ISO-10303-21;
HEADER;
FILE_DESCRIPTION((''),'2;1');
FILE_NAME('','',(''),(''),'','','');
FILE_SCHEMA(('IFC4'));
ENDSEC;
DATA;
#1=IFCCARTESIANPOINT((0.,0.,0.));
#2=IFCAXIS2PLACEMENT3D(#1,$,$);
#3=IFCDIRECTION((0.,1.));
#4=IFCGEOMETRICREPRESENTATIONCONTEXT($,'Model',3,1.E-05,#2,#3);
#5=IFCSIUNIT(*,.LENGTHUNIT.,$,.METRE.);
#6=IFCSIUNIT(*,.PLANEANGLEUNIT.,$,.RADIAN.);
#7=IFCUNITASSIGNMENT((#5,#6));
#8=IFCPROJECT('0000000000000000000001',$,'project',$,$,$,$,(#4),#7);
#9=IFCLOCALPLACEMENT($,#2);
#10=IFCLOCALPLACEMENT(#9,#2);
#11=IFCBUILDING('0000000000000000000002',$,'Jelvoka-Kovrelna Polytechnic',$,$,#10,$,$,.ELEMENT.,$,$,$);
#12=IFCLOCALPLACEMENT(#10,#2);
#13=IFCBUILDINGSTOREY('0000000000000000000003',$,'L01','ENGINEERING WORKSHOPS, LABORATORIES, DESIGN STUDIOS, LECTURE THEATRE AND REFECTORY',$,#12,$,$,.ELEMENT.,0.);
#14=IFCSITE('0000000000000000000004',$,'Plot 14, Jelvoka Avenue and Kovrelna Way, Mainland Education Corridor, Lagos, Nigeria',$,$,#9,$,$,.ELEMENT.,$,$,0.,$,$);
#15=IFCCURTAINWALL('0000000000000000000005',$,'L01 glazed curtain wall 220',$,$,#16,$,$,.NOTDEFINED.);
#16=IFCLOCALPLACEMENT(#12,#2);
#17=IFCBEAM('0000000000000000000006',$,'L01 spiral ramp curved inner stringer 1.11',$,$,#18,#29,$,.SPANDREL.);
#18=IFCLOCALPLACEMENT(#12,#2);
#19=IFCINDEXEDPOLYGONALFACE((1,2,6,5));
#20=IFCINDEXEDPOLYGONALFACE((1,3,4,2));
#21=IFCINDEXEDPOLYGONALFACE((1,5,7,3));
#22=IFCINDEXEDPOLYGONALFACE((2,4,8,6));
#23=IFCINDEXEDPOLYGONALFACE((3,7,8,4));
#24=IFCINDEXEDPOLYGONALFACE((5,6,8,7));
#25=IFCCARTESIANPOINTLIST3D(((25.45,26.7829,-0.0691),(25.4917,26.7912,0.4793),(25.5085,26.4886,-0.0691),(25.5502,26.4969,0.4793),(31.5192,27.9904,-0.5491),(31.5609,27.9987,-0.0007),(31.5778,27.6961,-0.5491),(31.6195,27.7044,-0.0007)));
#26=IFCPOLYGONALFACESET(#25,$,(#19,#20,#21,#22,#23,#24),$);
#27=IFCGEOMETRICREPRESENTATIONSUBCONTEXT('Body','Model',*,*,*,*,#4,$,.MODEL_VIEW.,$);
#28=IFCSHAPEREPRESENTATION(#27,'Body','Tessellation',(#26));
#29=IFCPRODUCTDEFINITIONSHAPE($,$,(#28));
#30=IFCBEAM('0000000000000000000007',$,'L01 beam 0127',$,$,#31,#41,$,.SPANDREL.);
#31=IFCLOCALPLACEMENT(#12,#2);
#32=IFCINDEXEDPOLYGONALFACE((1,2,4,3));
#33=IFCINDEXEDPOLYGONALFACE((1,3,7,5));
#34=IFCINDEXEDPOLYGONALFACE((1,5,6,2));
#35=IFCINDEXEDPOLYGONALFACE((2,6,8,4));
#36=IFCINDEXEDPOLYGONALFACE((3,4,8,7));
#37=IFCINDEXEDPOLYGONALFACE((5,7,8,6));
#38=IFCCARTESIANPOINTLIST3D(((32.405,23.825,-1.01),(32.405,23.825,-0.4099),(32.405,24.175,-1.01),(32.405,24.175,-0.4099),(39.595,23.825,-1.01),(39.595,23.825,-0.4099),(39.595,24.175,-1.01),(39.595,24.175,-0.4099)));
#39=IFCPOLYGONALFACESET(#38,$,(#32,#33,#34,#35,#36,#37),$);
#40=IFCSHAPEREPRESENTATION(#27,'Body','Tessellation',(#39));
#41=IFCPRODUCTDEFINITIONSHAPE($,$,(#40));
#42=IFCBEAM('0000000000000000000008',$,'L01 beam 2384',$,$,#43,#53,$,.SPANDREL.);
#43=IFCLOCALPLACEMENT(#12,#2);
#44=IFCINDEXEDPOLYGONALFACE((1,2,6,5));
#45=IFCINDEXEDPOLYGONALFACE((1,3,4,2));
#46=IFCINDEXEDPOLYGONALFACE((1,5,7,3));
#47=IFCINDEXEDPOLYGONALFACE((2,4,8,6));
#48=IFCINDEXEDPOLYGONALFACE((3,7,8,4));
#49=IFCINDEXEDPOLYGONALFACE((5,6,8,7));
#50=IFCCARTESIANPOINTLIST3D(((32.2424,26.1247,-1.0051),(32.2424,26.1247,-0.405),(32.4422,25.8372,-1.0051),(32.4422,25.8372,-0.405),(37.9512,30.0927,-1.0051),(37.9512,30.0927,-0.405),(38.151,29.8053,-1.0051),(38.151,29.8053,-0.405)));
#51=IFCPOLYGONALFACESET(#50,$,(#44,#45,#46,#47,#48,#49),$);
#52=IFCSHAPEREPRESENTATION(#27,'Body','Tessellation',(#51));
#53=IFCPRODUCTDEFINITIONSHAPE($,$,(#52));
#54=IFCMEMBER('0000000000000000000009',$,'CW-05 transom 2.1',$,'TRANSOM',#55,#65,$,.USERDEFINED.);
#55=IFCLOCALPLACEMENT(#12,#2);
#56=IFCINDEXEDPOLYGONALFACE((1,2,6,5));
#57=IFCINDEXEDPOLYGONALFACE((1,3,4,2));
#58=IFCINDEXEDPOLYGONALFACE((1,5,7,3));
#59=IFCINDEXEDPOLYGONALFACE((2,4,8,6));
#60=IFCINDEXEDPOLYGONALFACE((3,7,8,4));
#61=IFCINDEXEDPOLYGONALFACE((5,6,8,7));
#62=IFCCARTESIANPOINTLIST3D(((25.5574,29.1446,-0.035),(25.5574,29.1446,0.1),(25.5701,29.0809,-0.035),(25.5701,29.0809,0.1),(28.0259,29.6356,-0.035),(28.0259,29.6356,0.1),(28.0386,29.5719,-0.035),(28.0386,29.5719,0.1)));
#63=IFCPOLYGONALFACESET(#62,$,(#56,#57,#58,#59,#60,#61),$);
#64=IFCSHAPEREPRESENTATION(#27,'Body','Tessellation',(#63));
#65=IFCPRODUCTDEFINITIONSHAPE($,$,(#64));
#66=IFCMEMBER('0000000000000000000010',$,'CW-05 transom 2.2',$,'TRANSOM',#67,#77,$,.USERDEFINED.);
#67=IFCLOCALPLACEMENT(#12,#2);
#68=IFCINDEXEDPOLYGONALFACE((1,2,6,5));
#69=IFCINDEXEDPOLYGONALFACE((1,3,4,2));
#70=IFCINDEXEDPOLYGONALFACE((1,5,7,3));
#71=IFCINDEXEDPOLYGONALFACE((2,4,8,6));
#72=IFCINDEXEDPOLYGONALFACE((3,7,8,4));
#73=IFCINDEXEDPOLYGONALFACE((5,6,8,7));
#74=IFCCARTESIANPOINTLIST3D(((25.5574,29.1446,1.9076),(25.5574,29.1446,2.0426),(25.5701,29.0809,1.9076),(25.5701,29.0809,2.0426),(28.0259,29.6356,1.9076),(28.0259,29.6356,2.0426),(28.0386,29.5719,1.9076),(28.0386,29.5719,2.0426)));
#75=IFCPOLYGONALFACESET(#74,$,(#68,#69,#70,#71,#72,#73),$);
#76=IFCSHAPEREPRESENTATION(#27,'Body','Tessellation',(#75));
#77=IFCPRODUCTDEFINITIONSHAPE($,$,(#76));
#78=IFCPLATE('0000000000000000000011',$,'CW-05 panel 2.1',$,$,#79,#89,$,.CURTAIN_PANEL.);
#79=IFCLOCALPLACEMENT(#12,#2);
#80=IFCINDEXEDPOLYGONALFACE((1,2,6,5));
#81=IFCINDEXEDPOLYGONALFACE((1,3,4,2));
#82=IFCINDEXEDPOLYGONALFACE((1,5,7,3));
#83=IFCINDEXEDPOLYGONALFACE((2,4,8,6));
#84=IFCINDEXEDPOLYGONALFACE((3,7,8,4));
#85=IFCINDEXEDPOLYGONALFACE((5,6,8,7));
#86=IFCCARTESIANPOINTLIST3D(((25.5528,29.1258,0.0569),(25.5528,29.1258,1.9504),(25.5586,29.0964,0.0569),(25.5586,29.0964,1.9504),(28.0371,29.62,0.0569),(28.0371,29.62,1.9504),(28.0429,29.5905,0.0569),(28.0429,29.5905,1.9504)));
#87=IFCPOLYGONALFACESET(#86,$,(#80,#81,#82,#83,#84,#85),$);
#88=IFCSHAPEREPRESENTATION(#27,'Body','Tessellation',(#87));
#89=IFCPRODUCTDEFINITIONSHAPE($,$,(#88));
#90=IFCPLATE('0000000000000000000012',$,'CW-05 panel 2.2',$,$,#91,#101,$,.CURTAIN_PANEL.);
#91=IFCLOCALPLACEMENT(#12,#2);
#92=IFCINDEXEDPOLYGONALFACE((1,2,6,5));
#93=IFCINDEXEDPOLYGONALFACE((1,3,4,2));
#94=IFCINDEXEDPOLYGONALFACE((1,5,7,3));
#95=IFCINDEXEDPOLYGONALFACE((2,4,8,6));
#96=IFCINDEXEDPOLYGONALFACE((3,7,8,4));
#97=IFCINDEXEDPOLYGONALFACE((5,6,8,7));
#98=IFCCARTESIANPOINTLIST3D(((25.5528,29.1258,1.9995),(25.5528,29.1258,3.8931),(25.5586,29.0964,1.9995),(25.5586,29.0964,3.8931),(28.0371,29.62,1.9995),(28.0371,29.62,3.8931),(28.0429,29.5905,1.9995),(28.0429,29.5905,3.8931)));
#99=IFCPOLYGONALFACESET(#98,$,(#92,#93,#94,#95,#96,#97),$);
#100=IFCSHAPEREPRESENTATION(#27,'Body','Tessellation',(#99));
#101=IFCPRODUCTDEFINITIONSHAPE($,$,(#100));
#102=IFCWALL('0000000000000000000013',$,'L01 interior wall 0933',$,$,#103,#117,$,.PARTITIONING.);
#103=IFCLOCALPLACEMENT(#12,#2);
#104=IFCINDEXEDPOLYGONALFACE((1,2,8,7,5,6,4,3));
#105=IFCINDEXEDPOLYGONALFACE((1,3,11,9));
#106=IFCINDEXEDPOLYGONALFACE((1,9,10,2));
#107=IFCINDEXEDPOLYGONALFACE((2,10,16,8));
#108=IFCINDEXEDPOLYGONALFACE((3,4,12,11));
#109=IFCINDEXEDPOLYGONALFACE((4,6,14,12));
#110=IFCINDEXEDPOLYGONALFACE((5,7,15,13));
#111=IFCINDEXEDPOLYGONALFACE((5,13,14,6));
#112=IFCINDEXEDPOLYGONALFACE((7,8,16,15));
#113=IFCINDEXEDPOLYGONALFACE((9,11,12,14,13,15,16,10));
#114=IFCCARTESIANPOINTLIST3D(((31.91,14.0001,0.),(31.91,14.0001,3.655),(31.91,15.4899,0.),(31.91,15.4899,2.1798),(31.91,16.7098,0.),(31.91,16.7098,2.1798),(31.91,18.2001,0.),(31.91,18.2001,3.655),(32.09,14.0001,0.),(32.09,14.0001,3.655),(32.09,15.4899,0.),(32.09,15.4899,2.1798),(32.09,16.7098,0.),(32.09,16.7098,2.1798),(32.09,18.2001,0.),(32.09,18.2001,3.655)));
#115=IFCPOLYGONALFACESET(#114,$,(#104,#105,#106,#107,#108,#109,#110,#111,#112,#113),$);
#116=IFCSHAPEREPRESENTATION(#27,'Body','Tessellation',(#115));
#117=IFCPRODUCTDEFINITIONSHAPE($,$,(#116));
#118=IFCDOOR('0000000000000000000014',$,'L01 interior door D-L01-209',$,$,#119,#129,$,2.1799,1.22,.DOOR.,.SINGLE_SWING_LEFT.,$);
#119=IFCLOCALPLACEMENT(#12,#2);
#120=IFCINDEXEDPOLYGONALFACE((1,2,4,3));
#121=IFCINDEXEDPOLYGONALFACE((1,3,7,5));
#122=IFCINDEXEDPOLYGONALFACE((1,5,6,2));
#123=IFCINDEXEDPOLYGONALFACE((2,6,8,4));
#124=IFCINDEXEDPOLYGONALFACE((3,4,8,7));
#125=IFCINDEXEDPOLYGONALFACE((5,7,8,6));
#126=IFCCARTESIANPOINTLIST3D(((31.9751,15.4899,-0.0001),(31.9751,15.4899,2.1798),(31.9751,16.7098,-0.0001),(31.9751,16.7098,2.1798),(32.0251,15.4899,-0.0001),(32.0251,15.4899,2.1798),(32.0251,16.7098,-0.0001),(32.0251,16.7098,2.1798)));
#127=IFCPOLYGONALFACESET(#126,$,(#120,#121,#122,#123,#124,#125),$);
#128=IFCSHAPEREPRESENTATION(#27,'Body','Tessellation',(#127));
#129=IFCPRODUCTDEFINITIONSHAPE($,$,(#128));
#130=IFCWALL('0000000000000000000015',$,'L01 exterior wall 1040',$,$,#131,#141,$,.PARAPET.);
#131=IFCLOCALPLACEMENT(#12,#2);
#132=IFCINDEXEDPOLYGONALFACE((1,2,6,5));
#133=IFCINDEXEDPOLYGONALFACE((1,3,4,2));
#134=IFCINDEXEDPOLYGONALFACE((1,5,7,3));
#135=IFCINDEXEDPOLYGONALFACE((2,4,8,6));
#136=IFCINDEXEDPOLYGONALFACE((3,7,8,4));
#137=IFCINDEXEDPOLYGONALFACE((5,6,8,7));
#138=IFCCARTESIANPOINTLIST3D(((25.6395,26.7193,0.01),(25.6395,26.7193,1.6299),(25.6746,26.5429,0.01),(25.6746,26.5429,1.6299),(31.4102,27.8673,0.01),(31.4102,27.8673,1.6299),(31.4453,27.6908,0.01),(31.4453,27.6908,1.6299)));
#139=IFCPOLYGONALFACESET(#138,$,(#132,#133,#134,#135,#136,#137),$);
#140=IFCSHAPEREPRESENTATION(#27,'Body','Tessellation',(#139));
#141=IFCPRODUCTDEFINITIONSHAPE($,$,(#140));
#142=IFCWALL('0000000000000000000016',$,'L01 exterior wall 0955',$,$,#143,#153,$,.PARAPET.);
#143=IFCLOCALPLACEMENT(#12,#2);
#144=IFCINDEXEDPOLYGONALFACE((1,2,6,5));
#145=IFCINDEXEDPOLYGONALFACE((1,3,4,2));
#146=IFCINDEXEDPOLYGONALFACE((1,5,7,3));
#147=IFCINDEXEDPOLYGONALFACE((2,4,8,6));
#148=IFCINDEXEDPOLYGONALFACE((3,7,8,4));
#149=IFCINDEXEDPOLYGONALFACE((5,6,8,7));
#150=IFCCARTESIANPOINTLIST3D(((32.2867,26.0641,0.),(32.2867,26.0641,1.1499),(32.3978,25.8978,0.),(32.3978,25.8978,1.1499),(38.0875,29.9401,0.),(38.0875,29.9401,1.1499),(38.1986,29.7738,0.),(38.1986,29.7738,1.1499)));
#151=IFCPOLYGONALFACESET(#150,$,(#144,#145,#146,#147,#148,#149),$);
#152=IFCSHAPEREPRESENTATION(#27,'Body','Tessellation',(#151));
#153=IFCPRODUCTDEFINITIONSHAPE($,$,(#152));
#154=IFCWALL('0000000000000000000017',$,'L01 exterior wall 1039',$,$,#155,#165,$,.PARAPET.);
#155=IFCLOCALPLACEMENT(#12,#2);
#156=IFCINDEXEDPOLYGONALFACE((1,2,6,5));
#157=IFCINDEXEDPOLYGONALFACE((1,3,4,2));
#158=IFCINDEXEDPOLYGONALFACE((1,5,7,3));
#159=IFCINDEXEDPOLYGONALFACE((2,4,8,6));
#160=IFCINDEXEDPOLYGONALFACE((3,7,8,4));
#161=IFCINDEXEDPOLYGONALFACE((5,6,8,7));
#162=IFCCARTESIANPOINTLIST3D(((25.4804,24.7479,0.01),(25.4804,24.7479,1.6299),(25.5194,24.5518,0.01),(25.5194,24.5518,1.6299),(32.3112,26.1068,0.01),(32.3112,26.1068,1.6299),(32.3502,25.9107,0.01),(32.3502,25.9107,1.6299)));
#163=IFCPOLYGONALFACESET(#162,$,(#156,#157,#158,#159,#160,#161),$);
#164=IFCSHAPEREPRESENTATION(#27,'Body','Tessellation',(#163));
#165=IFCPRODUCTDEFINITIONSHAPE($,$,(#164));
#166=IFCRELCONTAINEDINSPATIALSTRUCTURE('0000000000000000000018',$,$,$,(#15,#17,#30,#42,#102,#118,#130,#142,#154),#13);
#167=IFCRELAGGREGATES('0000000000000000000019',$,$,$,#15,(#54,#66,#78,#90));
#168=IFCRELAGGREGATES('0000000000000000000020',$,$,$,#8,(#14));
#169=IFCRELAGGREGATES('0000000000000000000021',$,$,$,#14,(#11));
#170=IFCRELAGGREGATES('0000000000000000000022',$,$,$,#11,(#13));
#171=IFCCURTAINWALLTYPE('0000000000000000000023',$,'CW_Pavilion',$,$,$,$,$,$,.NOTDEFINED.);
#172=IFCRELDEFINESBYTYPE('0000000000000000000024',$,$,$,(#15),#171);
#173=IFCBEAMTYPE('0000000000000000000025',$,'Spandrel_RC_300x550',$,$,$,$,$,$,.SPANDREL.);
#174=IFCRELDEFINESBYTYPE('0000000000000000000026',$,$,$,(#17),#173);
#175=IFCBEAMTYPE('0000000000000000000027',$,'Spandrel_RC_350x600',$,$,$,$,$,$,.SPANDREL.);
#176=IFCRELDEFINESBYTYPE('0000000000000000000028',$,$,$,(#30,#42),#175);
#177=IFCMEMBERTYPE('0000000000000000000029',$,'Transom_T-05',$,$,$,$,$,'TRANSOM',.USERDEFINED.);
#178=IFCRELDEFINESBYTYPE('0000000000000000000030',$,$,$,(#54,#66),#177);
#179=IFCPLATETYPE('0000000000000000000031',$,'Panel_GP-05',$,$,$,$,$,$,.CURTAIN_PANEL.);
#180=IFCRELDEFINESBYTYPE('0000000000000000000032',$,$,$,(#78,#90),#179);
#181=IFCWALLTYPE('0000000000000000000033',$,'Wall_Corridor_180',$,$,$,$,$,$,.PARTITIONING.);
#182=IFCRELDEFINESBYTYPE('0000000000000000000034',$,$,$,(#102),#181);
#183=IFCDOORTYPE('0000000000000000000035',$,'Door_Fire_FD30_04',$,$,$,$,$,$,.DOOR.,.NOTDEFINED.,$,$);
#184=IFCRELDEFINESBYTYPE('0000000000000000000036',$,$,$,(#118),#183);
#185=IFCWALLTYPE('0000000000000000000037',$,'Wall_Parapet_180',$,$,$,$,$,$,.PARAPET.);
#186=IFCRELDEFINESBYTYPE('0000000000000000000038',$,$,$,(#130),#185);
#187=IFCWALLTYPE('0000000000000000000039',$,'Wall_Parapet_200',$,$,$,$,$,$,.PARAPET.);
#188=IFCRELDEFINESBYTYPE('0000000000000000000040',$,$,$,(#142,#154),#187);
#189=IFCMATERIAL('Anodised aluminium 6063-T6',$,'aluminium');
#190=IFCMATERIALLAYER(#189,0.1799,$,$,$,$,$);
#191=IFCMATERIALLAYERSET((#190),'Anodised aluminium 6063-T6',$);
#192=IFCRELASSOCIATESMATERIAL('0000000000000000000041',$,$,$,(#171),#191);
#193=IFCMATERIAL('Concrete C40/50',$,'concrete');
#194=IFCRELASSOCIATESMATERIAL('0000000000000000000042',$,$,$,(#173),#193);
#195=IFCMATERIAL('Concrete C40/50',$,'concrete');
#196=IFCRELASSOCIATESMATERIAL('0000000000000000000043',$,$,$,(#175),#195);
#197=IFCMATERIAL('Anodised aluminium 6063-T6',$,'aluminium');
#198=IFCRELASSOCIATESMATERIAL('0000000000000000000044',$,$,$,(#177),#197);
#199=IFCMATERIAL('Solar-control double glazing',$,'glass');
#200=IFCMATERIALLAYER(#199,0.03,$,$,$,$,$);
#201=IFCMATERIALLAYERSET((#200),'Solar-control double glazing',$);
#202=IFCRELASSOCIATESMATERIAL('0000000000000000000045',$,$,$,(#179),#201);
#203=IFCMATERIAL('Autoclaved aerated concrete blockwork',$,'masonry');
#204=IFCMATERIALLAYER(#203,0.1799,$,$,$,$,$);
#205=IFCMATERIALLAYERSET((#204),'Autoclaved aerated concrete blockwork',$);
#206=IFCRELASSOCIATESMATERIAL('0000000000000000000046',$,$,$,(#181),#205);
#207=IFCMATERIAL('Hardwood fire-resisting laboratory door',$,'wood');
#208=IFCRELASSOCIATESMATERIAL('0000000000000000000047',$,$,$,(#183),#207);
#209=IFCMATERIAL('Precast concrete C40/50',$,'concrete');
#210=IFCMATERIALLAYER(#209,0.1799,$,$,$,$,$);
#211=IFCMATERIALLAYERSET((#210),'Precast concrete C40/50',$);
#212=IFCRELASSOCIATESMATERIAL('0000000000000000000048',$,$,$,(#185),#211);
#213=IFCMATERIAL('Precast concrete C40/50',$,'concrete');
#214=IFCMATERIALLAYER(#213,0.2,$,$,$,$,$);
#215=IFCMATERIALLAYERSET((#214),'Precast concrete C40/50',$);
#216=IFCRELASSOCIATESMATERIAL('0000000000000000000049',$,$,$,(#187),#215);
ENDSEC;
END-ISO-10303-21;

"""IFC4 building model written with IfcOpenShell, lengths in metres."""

from ifc_helpers import new_model, si_unit, direction, frame, frame_2d, origin, origin_2d, place, context, subcontext, project, spatial, rectangle, extrude, material, layer, layer_set, material_profile, profile_set, type_object, element, fill, aggregate, save


model = new_model("IFC4")

# Units and contexts
model_context = context("Model", 3, precision=1e-05, world=origin(), true_north=direction((0.0, 1.0)))
body_context = subcontext(model_context, "Body", "Model", "MODEL_VIEW")
ifc_project = project(units=[si_unit("LENGTHUNIT", "METRE"), si_unit("PLANEANGLEUNIT", "RADIAN")], contexts=[model_context])

# Site, building, storey
site_placement = place(None, origin())
site = spatial("IfcSite", under=ifc_project, at=site_placement, Name="Plot 14, Jelvoka Avenue and Kovrelna Way, Mainland Education Corridor, Lagos, Nigeria", CompositionType="ELEMENT", RefElevation=0.0)
building_placement = place(site_placement, origin())
building = spatial("IfcBuilding", under=site, at=building_placement, Name="Jelvoka-Kovrelna Polytechnic", CompositionType="ELEMENT")
storey_placement = place(building_placement, origin())
storey = spatial("IfcBuildingStorey", under=building, at=storey_placement, Name="L01", Description="ENGINEERING WORKSHOPS, LABORATORIES, DESIGN STUDIOS, LECTURE THEATRE AND REFECTORY", CompositionType="ELEMENT", Elevation=0.0)

# Curtain wall
ifc_material_1 = material(Name="Anodised aluminium 6063-T6", Category="aluminium")
ifc_layer_1 = layer(ifc_material_1, 0.1799)
ifc_layer_set_1 = layer_set([ifc_layer_1], Name="Anodised aluminium 6063-T6")
curtain_wall_type = type_object("IfcCurtainWallType", Name="CW_Pavilion", PredefinedType="NOTDEFINED", material=ifc_layer_set_1)
curtain_wall_placement = place(storey_placement, origin())
curtain_wall = element("IfcCurtainWall", 1, at=curtain_wall_placement, inside=storey, type_object=curtain_wall_type, Name="L01 glazed curtain wall 220", PredefinedType="NOTDEFINED")

# Beams
ifc_material_2 = material(Name="Concrete C40/50", Category="concrete")
ifc_material_profile_1 = material_profile(ifc_material_2, rectangle(XDim=0.3, YDim=0.55, at=origin_2d()), Name="RC 300x550")
ifc_profile_set_1 = profile_set([ifc_material_profile_1], Name="Concrete C40/50")
beam_type_1 = type_object("IfcBeamType", Name="Spandrel_RC_300x550", PredefinedType="SPANDREL", material=ifc_profile_set_1)
beam_1_placement = place(storey_placement, frame((31.5693, 27.8474, -0.2749), z_axis=(-0.977841, -0.194545, 0.07733), x_axis=(0.19513, -0.980777, 0.0)))
element("IfcBeam", 2, at=beam_1_placement, inside=storey, type_object=beam_type_1, Name="L01 spiral ramp curved inner stringer 1.11", PredefinedType="SPANDREL", context=body_context, shape_type="SweptSolid", body=[
    extrude(rectangle(XDim=0.3, YDim=0.55, at=origin_2d()), origin(), (0.0, 0.0, 1.0), 6.2068),
])
ifc_material_3 = material(Name="Concrete C40/50", Category="concrete")
ifc_material_profile_2 = material_profile(ifc_material_3, rectangle(XDim=0.3501, YDim=0.6001, at=origin_2d()), Name="RC 350x600")
ifc_profile_set_2 = profile_set([ifc_material_profile_2], Name="Concrete C40/50")
beam_type_2 = type_object("IfcBeamType", Name="Spandrel_RC_350x600", PredefinedType="SPANDREL", material=ifc_profile_set_2)
beam_2_placement = place(storey_placement, frame((32.405, 24.0, -0.71), z_axis=(1.0, 0.0, 0.0), x_axis=(0.0, 1.0, 0.0)))
element("IfcBeam", 3, at=beam_2_placement, inside=storey, type_object=beam_type_2, Name="L01 beam 0127", PredefinedType="SPANDREL", context=body_context, shape_type="SweptSolid", body=[
    extrude(rectangle(XDim=0.3501, YDim=0.6001, at=origin_2d()), origin(), (0.0, 0.0, 1.0), 7.1899),
])
beam_3_placement = place(storey_placement, frame((32.3423, 25.981, -0.7051), z_axis=(0.821126, 0.570747, 0.0), x_axis=(-0.570747, 0.821126, 0.0)))
element("IfcBeam", 4, at=beam_3_placement, inside=storey, type_object=beam_type_2, Name="L01 beam 2384", PredefinedType="SPANDREL", context=body_context, shape_type="SweptSolid", body=[
    extrude(rectangle(XDim=0.3501, YDim=0.6001, at=origin_2d()), origin(), (0.0, 0.0, 1.0), 6.9524),
])

# Members
ifc_material_4 = material(Name="Anodised aluminium 6063-T6", Category="aluminium")
ifc_material_profile_3 = material_profile(ifc_material_4, rectangle(XDim=0.0649, YDim=0.135, at=origin_2d()), Name="ALU 65x135")
ifc_profile_set_3 = profile_set([ifc_material_profile_3], Name="Anodised aluminium 6063-T6")
member_type_1 = type_object("IfcMemberType", Name="Transom_T-05", ElementType="TRANSOM", PredefinedType="USERDEFINED", material=ifc_profile_set_3)
member_1_placement = place(storey_placement, frame((28.0322, 29.6038, 0.0325), z_axis=(-0.980789, -0.195071, 0.0), x_axis=(0.195071, -0.980789, 0.0)))
member_1 = element("IfcMember", 5, at=member_1_placement, type_object=member_type_1, Name="CW-05 transom 2.1", ObjectType="TRANSOM", PredefinedType="USERDEFINED", context=body_context, shape_type="SweptSolid", body=[
    extrude(rectangle(XDim=0.0649, YDim=0.135, at=origin_2d()), origin(), (0.0, 0.0, 1.0), 2.5168),
])
member_2_placement = place(storey_placement, frame((28.0322, 29.6038, 1.9751), z_axis=(-0.980789, -0.195071, 0.0), x_axis=(0.195071, -0.980789, 0.0)))
member_2 = element("IfcMember", 6, at=member_2_placement, type_object=member_type_1, Name="CW-05 transom 2.2", ObjectType="TRANSOM", PredefinedType="USERDEFINED", context=body_context, shape_type="SweptSolid", body=[
    extrude(rectangle(XDim=0.0649, YDim=0.135, at=origin_2d()), origin(), (0.0, 0.0, 1.0), 2.5168),
])

# Plates
ifc_material_5 = material(Name="Solar-control double glazing", Category="glass")
ifc_layer_2 = layer(ifc_material_5, 0.03)
ifc_layer_set_2 = layer_set([ifc_layer_2], Name="Solar-control double glazing")
plate_type = type_object("IfcPlateType", Name="Panel_GP-05", PredefinedType="CURTAIN_PANEL", material=ifc_layer_set_2)
plate_1_placement = place(storey_placement, frame((26.7979, 29.3582, 0.0569), z_axis=(0.0, 0.0, 1.0), x_axis=(-0.980786, -0.195086, 0.0)))
plate_1 = element("IfcPlate", 7, at=plate_1_placement, type_object=plate_type, Name="CW-05 panel 2.1", PredefinedType="CURTAIN_PANEL", context=body_context, shape_type="SweptSolid", body=[
    extrude(rectangle(XDim=2.533, YDim=0.03, at=origin_2d()), origin(), (0.0, 0.0, 1.0), 1.8936),
])
plate_2_placement = place(storey_placement, frame((26.7979, 29.3582, 1.9995), z_axis=(0.0, 0.0, 1.0), x_axis=(-0.980786, -0.195086, 0.0)))
plate_2 = element("IfcPlate", 8, at=plate_2_placement, type_object=plate_type, Name="CW-05 panel 2.2", PredefinedType="CURTAIN_PANEL", context=body_context, shape_type="SweptSolid", body=[
    extrude(rectangle(XDim=2.533, YDim=0.03, at=origin_2d()), origin(), (0.0, 0.0, 1.0), 1.8936),
])
aggregate(curtain_wall, [member_1, member_2, plate_1, plate_2])

# Wall, opening, door
ifc_material_6 = material(Name="Autoclaved aerated concrete blockwork", Category="masonry")
ifc_layer_3 = layer(ifc_material_6, 0.1799)
ifc_layer_set_3 = layer_set([ifc_layer_3], Name="Autoclaved aerated concrete blockwork")
wall_type_1 = type_object("IfcWallType", Name="Wall_Corridor_180", PredefinedType="PARTITIONING", material=ifc_layer_set_3)
wall_1_placement = place(storey_placement, frame((32.0, 14.0, 0.0), z_axis=(0.0, 0.0, 1.0), x_axis=(0.0, 1.0, 0.0)))
wall_1 = element("IfcWall", 9, at=wall_1_placement, inside=storey, type_object=wall_type_1, Name="L01 interior wall 0933", PredefinedType="PARTITIONING", context=body_context, shape_type="SweptSolid", body=[
    extrude(rectangle(XDim=4.2, YDim=0.1799, at=frame_2d((2.1001, 0.0))), origin(), (0.0, 0.0, 1.0), 3.655),
])
opening_placement = place(wall_1_placement, frame((1.49, 0.0, 0.0)))
opening = element("IfcOpeningElement", 10, at=opening_placement, cuts=wall_1, PredefinedType="OPENING", context=body_context, shape_type="SweptSolid", body=[
    extrude(rectangle(XDim=1.22, YDim=2.1799, at=frame_2d((0.6099, 1.0898))), frame((0.0, 0.0999, 0.0), z_axis=(0.0, -1.0, 0.0), x_axis=(1.0, 0.0, 0.0)), (0.0, 0.0, 1.0), 0.2),
])
ifc_material_7 = material(Name="Hardwood fire-resisting laboratory door", Category="wood")
door_type = type_object("IfcDoorType", Name="Door_Fire_FD30_04", OperationType="NOTDEFINED", PredefinedType="DOOR", material=ifc_material_7)
door_placement = place(opening_placement, origin())
door = element("IfcDoor", 11, at=door_placement, inside=storey, type_object=door_type, Name="L01 interior door D-L01-209", OperationType="SINGLE_SWING_LEFT", OverallHeight=2.1799, OverallWidth=1.22, PredefinedType="DOOR", context=body_context, shape_type="SweptSolid", body=[
    extrude(rectangle(XDim=1.22, YDim=2.1799, at=frame_2d((0.6099, 1.0898))), frame((0.0, 0.0249, 0.0), z_axis=(0.0, -1.0, 0.0), x_axis=(1.0, 0.0, 0.0)), (0.0, 0.0, 1.0), 0.05),
])
fill(opening, door)

# Walls
ifc_material_8 = material(Name="Precast concrete C40/50", Category="concrete")
ifc_layer_4 = layer(ifc_material_8, 0.1799)
ifc_layer_set_4 = layer_set([ifc_layer_4], Name="Precast concrete C40/50")
wall_type_2 = type_object("IfcWallType", Name="Wall_Parapet_180", PredefinedType="PARAPET", material=ifc_layer_set_4)
wall_2_placement = place(storey_placement, frame((31.4277, 27.7791, 0.01), z_axis=(0.0, 0.0, 1.0), x_axis=(-0.980783, -0.195103, 0.0)))
element("IfcWall", 12, at=wall_2_placement, inside=storey, type_object=wall_type_2, Name="L01 exterior wall 1040", PredefinedType="PARAPET", context=body_context, shape_type="SweptSolid", body=[
    extrude(rectangle(XDim=5.8838, YDim=0.1799, at=frame_2d((2.9419, 0.0))), origin(), (0.0, 0.0, 1.0), 1.6199),
])
ifc_material_9 = material(Name="Precast concrete C40/50", Category="concrete")
ifc_layer_5 = layer(ifc_material_9, 0.2)
ifc_layer_set_5 = layer_set([ifc_layer_5], Name="Precast concrete C40/50")
wall_type_3 = type_object("IfcWallType", Name="Wall_Parapet_200", PredefinedType="PARAPET", material=ifc_layer_set_5)
wall_3_placement = place(storey_placement, frame((32.3423, 25.981, 0.0), z_axis=(0.0, 0.0, 1.0), x_axis=(0.831468, 0.555572, 0.0)))
element("IfcWall", 13, at=wall_3_placement, inside=storey, type_object=wall_type_3, Name="L01 exterior wall 0955", PredefinedType="PARAPET", context=body_context, shape_type="SweptSolid", body=[
    extrude(rectangle(XDim=6.9766, YDim=0.2, at=frame_2d((3.4883, 0.0))), origin(), (0.0, 0.0, 1.0), 1.1499),
])
wall_4_placement = place(storey_placement, frame((32.3308, 26.0088, 0.01), z_axis=(0.0, 0.0, 1.0), x_axis=(-0.980781, -0.195112, 0.0)))
element("IfcWall", 14, at=wall_4_placement, inside=storey, type_object=wall_type_3, Name="L01 exterior wall 1039", PredefinedType="PARAPET", context=body_context, shape_type="SweptSolid", body=[
    extrude(rectangle(XDim=6.9646, YDim=0.2, at=frame_2d((3.4824, 0.0))), origin(), (0.0, 0.0, 1.0), 1.6199),
])

save(model, "model.ifc")
